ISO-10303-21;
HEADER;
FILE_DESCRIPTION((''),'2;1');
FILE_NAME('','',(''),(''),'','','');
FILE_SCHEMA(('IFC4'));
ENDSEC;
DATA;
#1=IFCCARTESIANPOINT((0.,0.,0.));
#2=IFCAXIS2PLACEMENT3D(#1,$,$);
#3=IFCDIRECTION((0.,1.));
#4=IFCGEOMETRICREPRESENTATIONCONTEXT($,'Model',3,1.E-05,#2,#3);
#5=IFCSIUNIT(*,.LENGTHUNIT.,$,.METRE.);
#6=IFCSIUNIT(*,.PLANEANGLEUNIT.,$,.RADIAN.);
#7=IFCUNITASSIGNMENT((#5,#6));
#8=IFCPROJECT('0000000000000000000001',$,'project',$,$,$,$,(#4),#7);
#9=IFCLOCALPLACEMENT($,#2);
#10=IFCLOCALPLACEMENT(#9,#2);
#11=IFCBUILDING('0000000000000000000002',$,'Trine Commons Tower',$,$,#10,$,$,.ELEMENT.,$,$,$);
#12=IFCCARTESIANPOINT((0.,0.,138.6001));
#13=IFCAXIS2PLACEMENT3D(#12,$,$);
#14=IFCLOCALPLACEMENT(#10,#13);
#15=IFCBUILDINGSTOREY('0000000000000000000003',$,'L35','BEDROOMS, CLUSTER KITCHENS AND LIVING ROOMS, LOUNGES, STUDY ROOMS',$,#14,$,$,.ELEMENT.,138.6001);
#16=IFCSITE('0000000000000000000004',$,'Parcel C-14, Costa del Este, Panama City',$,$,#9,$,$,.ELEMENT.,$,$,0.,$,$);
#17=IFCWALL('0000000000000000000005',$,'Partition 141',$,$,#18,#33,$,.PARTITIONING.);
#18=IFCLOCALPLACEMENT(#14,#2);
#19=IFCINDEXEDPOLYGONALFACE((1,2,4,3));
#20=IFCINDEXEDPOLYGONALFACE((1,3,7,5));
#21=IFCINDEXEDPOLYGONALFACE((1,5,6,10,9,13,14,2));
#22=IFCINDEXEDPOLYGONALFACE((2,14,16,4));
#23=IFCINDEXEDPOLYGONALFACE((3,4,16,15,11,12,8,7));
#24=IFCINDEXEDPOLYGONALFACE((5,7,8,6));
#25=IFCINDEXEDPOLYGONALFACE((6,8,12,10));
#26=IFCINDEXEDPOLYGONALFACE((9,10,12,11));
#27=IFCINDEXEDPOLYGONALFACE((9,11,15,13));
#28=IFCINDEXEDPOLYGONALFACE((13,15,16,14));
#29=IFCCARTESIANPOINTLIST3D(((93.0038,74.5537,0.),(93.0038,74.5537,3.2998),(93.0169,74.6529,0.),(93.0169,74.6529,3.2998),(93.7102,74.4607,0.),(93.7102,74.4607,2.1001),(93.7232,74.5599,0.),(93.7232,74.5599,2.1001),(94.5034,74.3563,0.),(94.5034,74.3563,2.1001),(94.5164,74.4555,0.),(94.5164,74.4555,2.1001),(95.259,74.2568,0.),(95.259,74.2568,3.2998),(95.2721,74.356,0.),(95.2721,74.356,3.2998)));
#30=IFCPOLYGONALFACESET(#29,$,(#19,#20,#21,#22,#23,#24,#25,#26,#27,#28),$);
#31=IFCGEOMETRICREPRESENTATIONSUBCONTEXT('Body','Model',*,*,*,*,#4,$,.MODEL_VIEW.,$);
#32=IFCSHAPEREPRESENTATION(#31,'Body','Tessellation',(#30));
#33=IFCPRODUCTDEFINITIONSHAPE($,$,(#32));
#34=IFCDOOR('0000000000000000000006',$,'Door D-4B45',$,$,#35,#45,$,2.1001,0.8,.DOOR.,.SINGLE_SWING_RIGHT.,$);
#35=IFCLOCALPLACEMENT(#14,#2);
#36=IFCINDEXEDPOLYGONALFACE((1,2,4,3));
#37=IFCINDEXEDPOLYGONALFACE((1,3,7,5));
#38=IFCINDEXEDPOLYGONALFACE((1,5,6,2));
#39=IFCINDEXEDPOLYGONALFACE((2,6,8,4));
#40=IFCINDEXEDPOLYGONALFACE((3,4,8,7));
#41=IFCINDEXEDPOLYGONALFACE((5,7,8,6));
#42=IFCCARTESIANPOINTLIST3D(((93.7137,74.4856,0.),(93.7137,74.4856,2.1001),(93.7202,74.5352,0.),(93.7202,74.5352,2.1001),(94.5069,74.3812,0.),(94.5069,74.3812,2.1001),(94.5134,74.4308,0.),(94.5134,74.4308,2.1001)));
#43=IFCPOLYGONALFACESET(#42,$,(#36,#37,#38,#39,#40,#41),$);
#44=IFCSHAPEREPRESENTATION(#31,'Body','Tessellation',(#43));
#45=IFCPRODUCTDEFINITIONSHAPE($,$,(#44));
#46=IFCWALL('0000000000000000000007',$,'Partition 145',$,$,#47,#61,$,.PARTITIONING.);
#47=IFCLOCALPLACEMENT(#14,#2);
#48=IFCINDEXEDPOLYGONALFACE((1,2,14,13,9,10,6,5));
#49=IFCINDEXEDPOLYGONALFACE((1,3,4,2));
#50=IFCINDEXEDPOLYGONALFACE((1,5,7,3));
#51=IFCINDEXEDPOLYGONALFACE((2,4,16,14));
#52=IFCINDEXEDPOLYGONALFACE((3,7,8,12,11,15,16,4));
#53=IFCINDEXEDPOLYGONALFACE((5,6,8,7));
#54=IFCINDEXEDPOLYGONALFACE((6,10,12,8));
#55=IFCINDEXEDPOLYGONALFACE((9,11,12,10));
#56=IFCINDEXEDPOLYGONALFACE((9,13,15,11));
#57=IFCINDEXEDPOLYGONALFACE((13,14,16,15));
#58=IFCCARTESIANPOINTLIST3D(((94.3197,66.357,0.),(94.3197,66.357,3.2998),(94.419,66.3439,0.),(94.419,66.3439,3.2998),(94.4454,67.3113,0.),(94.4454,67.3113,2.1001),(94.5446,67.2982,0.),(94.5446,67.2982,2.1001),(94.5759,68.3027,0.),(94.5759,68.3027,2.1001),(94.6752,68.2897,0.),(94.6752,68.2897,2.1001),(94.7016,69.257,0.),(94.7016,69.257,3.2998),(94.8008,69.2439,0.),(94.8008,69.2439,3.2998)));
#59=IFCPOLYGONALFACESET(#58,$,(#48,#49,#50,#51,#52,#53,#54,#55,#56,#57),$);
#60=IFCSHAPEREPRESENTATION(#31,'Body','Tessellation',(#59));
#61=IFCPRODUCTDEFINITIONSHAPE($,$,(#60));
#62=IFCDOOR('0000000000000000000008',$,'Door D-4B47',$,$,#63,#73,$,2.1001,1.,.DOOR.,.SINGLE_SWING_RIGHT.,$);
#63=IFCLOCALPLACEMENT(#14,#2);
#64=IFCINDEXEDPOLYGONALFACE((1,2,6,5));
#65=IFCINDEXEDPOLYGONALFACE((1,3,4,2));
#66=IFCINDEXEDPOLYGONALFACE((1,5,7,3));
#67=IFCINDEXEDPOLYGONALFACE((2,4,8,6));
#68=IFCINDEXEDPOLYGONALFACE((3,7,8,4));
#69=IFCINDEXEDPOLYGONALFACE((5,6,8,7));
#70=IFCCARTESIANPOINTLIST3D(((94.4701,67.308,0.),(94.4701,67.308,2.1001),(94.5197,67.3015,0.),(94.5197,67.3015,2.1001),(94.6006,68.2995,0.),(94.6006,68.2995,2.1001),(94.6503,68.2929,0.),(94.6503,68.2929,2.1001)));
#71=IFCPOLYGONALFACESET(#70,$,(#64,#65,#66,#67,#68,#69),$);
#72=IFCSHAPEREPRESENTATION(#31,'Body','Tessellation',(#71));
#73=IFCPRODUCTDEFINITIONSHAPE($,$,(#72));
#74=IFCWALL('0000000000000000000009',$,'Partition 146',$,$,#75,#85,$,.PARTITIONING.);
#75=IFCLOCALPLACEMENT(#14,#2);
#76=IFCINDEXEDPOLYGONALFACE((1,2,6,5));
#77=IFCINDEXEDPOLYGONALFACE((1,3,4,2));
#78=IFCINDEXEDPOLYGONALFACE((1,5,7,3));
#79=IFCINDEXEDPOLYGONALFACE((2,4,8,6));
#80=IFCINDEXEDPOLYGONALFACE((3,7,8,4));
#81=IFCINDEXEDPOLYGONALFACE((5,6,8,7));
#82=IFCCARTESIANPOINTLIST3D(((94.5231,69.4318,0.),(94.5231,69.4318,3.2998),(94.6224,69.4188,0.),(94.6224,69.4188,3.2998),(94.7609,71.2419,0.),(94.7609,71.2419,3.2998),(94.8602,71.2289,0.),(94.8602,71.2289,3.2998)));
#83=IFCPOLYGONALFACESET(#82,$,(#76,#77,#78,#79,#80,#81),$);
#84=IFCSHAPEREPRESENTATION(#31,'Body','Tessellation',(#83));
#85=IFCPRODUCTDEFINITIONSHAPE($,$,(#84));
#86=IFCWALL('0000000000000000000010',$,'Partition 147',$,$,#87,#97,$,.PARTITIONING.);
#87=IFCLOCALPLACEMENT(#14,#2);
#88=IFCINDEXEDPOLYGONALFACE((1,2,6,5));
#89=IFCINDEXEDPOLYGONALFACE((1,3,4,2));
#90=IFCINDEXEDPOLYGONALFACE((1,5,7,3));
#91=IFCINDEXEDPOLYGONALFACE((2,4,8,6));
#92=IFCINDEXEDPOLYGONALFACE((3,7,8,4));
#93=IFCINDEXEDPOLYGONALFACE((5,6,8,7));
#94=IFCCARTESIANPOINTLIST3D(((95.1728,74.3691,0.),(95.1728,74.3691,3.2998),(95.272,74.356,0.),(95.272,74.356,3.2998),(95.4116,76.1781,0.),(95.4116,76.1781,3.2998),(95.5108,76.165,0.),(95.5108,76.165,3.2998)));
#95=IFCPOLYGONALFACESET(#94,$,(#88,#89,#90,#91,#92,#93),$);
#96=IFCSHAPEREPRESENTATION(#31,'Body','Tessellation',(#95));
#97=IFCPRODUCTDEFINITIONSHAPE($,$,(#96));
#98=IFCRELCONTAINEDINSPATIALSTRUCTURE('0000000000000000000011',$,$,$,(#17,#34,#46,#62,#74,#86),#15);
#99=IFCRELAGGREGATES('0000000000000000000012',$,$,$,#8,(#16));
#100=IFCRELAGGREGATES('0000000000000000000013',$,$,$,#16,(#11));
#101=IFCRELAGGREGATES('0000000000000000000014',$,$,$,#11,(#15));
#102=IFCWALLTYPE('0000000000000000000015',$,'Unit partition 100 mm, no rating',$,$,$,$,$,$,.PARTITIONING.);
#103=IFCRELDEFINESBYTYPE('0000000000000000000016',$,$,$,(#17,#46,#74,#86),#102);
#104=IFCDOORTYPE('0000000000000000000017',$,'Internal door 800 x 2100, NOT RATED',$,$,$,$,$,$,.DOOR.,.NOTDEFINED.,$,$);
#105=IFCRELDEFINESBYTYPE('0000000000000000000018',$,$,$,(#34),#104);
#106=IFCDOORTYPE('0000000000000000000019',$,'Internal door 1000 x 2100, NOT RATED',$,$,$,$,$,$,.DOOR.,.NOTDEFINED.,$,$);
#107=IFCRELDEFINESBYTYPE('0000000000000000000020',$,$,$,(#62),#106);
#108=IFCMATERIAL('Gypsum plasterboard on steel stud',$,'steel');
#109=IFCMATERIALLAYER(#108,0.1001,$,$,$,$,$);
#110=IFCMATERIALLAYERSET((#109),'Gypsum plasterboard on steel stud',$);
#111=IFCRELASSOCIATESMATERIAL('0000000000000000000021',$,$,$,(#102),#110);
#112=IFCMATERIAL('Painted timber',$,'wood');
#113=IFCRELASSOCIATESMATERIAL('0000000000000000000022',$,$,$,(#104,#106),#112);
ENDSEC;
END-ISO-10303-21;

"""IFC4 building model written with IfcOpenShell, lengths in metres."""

from ifc_helpers import new_model, si_unit, direction, frame, frame_2d, origin, place, context, subcontext, project, spatial, rectangle, extrude, material, layer, layer_set, type_object, element, fill, save


model = new_model("IFC4")

# Units and contexts
model_context = context("Model", 3, precision=1e-05, world=origin(), true_north=direction((0.0, 1.0)))
body_context = subcontext(model_context, "Body", "Model", "MODEL_VIEW")
ifc_project = project(units=[si_unit("LENGTHUNIT", "METRE"), si_unit("PLANEANGLEUNIT", "RADIAN")], contexts=[model_context])

# Site, building, storey
site_placement = place(None, origin())
site = spatial("IfcSite", under=ifc_project, at=site_placement, Name="Parcel C-14, Costa del Este, Panama City", CompositionType="ELEMENT", RefElevation=0.0)
building_placement = place(site_placement, origin())
building = spatial("IfcBuilding", under=site, at=building_placement, Name="Trine Commons Tower", CompositionType="ELEMENT")
storey_placement = place(building_placement, frame((0.0, 0.0, 138.6001)))
storey = spatial("IfcBuildingStorey", under=building, at=storey_placement, Name="L35", Description="BEDROOMS, CLUSTER KITCHENS AND LIVING ROOMS, LOUNGES, STUDY ROOMS", CompositionType="ELEMENT", Elevation=138.6001)

# Shared definitions
ifc_material_1 = material(Name="Gypsum plasterboard on steel stud", Category="steel")

# Shared definitions
ifc_layer_1 = layer(ifc_material_1, 0.1001)
ifc_layer_set_1 = layer_set([ifc_layer_1], Name="Gypsum plasterboard on steel stud")
wall_type_1 = type_object("IfcWallType", Name="Unit partition 100 mm, no rating", PredefinedType="PARTITIONING", material=ifc_layer_set_1)

# Walls, openings, doors
ifc_material_2 = material(Name="Painted timber", Category="wood")
door_type_1 = type_object("IfcDoorType", Name="Internal door 800 x 2100, NOT RATED", OperationType="NOTDEFINED", PredefinedType="DOOR", material=ifc_material_2)
wall_1_placement = place(storey_placement, frame((93.0105, 74.6033, 0.0), z_axis=(0.0, 0.0, 1.0), x_axis=(0.991446, -0.130518, 0.0)))
wall_1 = element("IfcWall", 1, at=wall_1_placement, inside=storey, type_object=wall_type_1, Name="Partition 141", PredefinedType="PARTITIONING", context=body_context, shape_type="SweptSolid", body=[
    extrude(rectangle(XDim=2.2747, YDim=0.1001, at=frame_2d((1.1372, 0.0))), origin(), (0.0, 0.0, 1.0), 3.2998),
])
opening_1_placement = place(wall_1_placement, frame((0.7124, 0.0, 0.0)))
opening_1 = element("IfcOpeningElement", 2, at=opening_1_placement, cuts=wall_1, PredefinedType="OPENING", context=body_context, shape_type="SweptSolid", body=[
    extrude(rectangle(XDim=0.8, YDim=2.1001, at=frame_2d((0.3999, 1.05))), frame((0.0, 0.0601, 0.0), z_axis=(0.0, -1.0, 0.0), x_axis=(1.0, 0.0, 0.0)), (0.0, 0.0, 1.0), 0.1201),
])
door_1_placement = place(opening_1_placement, frame((0.8, 0.0, 0.0), z_axis=(0.0, 0.0, 1.0), x_axis=(-1.0, 0.0, 0.0)))
door_1 = element("IfcDoor", 3, at=door_1_placement, inside=storey, type_object=door_type_1, Name="Door D-4B45", OperationType="SINGLE_SWING_RIGHT", OverallHeight=2.1001, OverallWidth=0.8, PredefinedType="DOOR", context=body_context, shape_type="SweptSolid", body=[
    extrude(rectangle(XDim=0.8, YDim=2.1001, at=frame_2d((0.3999, 1.05))), frame((0.0, 0.0249, 0.0), z_axis=(0.0, -1.0, 0.0), x_axis=(1.0, 0.0, 0.0)), (0.0, 0.0, 1.0), 0.05),
])
fill(opening_1, door_1)
wall_2_placement = place(storey_placement, frame((94.3694, 66.3506, 0.0), z_axis=(0.0, 0.0, 1.0), x_axis=(0.130545, 0.991442, 0.0)))
wall_2 = element("IfcWall", 4, at=wall_2_placement, inside=storey, type_object=wall_type_1, Name="Partition 145", PredefinedType="PARTITIONING", context=body_context, shape_type="SweptSolid", body=[
    extrude(rectangle(XDim=2.925, YDim=0.1001, at=frame_2d((1.4624, 0.0))), origin(), (0.0, 0.0, 1.0), 3.2998),
])
opening_2_placement = place(wall_2_placement, frame((0.9624, 0.0, 0.0)))
opening_2 = element("IfcOpeningElement", 5, at=opening_2_placement, cuts=wall_2, PredefinedType="OPENING", context=body_context, shape_type="SweptSolid", body=[
    extrude(rectangle(XDim=1.0, YDim=2.1001, at=frame_2d((0.5, 1.05))), frame((0.0, 0.0601, 0.0), z_axis=(0.0, -1.0, 0.0), x_axis=(1.0, 0.0, 0.0)), (0.0, 0.0, 1.0), 0.1201),
])
door_type_2 = type_object("IfcDoorType", Name="Internal door 1000 x 2100, NOT RATED", OperationType="NOTDEFINED", PredefinedType="DOOR", material=ifc_material_2)
door_2_placement = place(opening_2_placement, frame((1.0, 0.0, 0.0), z_axis=(0.0, 0.0, 1.0), x_axis=(-1.0, 0.0, 0.0)))
door_2 = element("IfcDoor", 6, at=door_2_placement, inside=storey, type_object=door_type_2, Name="Door D-4B47", OperationType="SINGLE_SWING_RIGHT", OverallHeight=2.1001, OverallWidth=1.0, PredefinedType="DOOR", context=body_context, shape_type="SweptSolid", body=[
    extrude(rectangle(XDim=1.0, YDim=2.1001, at=frame_2d((0.5, 1.05))), frame((0.0, 0.0249, 0.0), z_axis=(0.0, -1.0, 0.0), x_axis=(1.0, 0.0, 0.0)), (0.0, 0.0, 1.0), 0.05),
])
fill(opening_2, door_2)

# Walls
wall_3_placement = place(storey_placement, frame((94.5728, 69.4253, 0.0), z_axis=(0.0, 0.0, 1.0), x_axis=(0.130254, 0.991481, 0.0)))
element("IfcWall", 7, at=wall_3_placement, inside=storey, type_object=wall_type_1, Name="Partition 146", PredefinedType="PARTITIONING", context=body_context, shape_type="SweptSolid", body=[
    extrude(rectangle(XDim=1.8257, YDim=0.1001, at=frame_2d((0.9128, 0.0))), origin(), (0.0, 0.0, 1.0), 3.2998),
])
wall_4_placement = place(storey_placement, frame((95.2224, 74.3625, 0.0), z_axis=(0.0, 0.0, 1.0), x_axis=(0.130849, 0.991402, 0.0)))
element("IfcWall", 8, at=wall_4_placement, inside=storey, type_object=wall_type_1, Name="Partition 147", PredefinedType="PARTITIONING", context=body_context, shape_type="SweptSolid", body=[
    extrude(rectangle(XDim=1.8247, YDim=0.1001, at=frame_2d((0.9124, 0.0))), origin(), (0.0, 0.0, 1.0), 3.2998),
])

save(model, "model.ifc")
